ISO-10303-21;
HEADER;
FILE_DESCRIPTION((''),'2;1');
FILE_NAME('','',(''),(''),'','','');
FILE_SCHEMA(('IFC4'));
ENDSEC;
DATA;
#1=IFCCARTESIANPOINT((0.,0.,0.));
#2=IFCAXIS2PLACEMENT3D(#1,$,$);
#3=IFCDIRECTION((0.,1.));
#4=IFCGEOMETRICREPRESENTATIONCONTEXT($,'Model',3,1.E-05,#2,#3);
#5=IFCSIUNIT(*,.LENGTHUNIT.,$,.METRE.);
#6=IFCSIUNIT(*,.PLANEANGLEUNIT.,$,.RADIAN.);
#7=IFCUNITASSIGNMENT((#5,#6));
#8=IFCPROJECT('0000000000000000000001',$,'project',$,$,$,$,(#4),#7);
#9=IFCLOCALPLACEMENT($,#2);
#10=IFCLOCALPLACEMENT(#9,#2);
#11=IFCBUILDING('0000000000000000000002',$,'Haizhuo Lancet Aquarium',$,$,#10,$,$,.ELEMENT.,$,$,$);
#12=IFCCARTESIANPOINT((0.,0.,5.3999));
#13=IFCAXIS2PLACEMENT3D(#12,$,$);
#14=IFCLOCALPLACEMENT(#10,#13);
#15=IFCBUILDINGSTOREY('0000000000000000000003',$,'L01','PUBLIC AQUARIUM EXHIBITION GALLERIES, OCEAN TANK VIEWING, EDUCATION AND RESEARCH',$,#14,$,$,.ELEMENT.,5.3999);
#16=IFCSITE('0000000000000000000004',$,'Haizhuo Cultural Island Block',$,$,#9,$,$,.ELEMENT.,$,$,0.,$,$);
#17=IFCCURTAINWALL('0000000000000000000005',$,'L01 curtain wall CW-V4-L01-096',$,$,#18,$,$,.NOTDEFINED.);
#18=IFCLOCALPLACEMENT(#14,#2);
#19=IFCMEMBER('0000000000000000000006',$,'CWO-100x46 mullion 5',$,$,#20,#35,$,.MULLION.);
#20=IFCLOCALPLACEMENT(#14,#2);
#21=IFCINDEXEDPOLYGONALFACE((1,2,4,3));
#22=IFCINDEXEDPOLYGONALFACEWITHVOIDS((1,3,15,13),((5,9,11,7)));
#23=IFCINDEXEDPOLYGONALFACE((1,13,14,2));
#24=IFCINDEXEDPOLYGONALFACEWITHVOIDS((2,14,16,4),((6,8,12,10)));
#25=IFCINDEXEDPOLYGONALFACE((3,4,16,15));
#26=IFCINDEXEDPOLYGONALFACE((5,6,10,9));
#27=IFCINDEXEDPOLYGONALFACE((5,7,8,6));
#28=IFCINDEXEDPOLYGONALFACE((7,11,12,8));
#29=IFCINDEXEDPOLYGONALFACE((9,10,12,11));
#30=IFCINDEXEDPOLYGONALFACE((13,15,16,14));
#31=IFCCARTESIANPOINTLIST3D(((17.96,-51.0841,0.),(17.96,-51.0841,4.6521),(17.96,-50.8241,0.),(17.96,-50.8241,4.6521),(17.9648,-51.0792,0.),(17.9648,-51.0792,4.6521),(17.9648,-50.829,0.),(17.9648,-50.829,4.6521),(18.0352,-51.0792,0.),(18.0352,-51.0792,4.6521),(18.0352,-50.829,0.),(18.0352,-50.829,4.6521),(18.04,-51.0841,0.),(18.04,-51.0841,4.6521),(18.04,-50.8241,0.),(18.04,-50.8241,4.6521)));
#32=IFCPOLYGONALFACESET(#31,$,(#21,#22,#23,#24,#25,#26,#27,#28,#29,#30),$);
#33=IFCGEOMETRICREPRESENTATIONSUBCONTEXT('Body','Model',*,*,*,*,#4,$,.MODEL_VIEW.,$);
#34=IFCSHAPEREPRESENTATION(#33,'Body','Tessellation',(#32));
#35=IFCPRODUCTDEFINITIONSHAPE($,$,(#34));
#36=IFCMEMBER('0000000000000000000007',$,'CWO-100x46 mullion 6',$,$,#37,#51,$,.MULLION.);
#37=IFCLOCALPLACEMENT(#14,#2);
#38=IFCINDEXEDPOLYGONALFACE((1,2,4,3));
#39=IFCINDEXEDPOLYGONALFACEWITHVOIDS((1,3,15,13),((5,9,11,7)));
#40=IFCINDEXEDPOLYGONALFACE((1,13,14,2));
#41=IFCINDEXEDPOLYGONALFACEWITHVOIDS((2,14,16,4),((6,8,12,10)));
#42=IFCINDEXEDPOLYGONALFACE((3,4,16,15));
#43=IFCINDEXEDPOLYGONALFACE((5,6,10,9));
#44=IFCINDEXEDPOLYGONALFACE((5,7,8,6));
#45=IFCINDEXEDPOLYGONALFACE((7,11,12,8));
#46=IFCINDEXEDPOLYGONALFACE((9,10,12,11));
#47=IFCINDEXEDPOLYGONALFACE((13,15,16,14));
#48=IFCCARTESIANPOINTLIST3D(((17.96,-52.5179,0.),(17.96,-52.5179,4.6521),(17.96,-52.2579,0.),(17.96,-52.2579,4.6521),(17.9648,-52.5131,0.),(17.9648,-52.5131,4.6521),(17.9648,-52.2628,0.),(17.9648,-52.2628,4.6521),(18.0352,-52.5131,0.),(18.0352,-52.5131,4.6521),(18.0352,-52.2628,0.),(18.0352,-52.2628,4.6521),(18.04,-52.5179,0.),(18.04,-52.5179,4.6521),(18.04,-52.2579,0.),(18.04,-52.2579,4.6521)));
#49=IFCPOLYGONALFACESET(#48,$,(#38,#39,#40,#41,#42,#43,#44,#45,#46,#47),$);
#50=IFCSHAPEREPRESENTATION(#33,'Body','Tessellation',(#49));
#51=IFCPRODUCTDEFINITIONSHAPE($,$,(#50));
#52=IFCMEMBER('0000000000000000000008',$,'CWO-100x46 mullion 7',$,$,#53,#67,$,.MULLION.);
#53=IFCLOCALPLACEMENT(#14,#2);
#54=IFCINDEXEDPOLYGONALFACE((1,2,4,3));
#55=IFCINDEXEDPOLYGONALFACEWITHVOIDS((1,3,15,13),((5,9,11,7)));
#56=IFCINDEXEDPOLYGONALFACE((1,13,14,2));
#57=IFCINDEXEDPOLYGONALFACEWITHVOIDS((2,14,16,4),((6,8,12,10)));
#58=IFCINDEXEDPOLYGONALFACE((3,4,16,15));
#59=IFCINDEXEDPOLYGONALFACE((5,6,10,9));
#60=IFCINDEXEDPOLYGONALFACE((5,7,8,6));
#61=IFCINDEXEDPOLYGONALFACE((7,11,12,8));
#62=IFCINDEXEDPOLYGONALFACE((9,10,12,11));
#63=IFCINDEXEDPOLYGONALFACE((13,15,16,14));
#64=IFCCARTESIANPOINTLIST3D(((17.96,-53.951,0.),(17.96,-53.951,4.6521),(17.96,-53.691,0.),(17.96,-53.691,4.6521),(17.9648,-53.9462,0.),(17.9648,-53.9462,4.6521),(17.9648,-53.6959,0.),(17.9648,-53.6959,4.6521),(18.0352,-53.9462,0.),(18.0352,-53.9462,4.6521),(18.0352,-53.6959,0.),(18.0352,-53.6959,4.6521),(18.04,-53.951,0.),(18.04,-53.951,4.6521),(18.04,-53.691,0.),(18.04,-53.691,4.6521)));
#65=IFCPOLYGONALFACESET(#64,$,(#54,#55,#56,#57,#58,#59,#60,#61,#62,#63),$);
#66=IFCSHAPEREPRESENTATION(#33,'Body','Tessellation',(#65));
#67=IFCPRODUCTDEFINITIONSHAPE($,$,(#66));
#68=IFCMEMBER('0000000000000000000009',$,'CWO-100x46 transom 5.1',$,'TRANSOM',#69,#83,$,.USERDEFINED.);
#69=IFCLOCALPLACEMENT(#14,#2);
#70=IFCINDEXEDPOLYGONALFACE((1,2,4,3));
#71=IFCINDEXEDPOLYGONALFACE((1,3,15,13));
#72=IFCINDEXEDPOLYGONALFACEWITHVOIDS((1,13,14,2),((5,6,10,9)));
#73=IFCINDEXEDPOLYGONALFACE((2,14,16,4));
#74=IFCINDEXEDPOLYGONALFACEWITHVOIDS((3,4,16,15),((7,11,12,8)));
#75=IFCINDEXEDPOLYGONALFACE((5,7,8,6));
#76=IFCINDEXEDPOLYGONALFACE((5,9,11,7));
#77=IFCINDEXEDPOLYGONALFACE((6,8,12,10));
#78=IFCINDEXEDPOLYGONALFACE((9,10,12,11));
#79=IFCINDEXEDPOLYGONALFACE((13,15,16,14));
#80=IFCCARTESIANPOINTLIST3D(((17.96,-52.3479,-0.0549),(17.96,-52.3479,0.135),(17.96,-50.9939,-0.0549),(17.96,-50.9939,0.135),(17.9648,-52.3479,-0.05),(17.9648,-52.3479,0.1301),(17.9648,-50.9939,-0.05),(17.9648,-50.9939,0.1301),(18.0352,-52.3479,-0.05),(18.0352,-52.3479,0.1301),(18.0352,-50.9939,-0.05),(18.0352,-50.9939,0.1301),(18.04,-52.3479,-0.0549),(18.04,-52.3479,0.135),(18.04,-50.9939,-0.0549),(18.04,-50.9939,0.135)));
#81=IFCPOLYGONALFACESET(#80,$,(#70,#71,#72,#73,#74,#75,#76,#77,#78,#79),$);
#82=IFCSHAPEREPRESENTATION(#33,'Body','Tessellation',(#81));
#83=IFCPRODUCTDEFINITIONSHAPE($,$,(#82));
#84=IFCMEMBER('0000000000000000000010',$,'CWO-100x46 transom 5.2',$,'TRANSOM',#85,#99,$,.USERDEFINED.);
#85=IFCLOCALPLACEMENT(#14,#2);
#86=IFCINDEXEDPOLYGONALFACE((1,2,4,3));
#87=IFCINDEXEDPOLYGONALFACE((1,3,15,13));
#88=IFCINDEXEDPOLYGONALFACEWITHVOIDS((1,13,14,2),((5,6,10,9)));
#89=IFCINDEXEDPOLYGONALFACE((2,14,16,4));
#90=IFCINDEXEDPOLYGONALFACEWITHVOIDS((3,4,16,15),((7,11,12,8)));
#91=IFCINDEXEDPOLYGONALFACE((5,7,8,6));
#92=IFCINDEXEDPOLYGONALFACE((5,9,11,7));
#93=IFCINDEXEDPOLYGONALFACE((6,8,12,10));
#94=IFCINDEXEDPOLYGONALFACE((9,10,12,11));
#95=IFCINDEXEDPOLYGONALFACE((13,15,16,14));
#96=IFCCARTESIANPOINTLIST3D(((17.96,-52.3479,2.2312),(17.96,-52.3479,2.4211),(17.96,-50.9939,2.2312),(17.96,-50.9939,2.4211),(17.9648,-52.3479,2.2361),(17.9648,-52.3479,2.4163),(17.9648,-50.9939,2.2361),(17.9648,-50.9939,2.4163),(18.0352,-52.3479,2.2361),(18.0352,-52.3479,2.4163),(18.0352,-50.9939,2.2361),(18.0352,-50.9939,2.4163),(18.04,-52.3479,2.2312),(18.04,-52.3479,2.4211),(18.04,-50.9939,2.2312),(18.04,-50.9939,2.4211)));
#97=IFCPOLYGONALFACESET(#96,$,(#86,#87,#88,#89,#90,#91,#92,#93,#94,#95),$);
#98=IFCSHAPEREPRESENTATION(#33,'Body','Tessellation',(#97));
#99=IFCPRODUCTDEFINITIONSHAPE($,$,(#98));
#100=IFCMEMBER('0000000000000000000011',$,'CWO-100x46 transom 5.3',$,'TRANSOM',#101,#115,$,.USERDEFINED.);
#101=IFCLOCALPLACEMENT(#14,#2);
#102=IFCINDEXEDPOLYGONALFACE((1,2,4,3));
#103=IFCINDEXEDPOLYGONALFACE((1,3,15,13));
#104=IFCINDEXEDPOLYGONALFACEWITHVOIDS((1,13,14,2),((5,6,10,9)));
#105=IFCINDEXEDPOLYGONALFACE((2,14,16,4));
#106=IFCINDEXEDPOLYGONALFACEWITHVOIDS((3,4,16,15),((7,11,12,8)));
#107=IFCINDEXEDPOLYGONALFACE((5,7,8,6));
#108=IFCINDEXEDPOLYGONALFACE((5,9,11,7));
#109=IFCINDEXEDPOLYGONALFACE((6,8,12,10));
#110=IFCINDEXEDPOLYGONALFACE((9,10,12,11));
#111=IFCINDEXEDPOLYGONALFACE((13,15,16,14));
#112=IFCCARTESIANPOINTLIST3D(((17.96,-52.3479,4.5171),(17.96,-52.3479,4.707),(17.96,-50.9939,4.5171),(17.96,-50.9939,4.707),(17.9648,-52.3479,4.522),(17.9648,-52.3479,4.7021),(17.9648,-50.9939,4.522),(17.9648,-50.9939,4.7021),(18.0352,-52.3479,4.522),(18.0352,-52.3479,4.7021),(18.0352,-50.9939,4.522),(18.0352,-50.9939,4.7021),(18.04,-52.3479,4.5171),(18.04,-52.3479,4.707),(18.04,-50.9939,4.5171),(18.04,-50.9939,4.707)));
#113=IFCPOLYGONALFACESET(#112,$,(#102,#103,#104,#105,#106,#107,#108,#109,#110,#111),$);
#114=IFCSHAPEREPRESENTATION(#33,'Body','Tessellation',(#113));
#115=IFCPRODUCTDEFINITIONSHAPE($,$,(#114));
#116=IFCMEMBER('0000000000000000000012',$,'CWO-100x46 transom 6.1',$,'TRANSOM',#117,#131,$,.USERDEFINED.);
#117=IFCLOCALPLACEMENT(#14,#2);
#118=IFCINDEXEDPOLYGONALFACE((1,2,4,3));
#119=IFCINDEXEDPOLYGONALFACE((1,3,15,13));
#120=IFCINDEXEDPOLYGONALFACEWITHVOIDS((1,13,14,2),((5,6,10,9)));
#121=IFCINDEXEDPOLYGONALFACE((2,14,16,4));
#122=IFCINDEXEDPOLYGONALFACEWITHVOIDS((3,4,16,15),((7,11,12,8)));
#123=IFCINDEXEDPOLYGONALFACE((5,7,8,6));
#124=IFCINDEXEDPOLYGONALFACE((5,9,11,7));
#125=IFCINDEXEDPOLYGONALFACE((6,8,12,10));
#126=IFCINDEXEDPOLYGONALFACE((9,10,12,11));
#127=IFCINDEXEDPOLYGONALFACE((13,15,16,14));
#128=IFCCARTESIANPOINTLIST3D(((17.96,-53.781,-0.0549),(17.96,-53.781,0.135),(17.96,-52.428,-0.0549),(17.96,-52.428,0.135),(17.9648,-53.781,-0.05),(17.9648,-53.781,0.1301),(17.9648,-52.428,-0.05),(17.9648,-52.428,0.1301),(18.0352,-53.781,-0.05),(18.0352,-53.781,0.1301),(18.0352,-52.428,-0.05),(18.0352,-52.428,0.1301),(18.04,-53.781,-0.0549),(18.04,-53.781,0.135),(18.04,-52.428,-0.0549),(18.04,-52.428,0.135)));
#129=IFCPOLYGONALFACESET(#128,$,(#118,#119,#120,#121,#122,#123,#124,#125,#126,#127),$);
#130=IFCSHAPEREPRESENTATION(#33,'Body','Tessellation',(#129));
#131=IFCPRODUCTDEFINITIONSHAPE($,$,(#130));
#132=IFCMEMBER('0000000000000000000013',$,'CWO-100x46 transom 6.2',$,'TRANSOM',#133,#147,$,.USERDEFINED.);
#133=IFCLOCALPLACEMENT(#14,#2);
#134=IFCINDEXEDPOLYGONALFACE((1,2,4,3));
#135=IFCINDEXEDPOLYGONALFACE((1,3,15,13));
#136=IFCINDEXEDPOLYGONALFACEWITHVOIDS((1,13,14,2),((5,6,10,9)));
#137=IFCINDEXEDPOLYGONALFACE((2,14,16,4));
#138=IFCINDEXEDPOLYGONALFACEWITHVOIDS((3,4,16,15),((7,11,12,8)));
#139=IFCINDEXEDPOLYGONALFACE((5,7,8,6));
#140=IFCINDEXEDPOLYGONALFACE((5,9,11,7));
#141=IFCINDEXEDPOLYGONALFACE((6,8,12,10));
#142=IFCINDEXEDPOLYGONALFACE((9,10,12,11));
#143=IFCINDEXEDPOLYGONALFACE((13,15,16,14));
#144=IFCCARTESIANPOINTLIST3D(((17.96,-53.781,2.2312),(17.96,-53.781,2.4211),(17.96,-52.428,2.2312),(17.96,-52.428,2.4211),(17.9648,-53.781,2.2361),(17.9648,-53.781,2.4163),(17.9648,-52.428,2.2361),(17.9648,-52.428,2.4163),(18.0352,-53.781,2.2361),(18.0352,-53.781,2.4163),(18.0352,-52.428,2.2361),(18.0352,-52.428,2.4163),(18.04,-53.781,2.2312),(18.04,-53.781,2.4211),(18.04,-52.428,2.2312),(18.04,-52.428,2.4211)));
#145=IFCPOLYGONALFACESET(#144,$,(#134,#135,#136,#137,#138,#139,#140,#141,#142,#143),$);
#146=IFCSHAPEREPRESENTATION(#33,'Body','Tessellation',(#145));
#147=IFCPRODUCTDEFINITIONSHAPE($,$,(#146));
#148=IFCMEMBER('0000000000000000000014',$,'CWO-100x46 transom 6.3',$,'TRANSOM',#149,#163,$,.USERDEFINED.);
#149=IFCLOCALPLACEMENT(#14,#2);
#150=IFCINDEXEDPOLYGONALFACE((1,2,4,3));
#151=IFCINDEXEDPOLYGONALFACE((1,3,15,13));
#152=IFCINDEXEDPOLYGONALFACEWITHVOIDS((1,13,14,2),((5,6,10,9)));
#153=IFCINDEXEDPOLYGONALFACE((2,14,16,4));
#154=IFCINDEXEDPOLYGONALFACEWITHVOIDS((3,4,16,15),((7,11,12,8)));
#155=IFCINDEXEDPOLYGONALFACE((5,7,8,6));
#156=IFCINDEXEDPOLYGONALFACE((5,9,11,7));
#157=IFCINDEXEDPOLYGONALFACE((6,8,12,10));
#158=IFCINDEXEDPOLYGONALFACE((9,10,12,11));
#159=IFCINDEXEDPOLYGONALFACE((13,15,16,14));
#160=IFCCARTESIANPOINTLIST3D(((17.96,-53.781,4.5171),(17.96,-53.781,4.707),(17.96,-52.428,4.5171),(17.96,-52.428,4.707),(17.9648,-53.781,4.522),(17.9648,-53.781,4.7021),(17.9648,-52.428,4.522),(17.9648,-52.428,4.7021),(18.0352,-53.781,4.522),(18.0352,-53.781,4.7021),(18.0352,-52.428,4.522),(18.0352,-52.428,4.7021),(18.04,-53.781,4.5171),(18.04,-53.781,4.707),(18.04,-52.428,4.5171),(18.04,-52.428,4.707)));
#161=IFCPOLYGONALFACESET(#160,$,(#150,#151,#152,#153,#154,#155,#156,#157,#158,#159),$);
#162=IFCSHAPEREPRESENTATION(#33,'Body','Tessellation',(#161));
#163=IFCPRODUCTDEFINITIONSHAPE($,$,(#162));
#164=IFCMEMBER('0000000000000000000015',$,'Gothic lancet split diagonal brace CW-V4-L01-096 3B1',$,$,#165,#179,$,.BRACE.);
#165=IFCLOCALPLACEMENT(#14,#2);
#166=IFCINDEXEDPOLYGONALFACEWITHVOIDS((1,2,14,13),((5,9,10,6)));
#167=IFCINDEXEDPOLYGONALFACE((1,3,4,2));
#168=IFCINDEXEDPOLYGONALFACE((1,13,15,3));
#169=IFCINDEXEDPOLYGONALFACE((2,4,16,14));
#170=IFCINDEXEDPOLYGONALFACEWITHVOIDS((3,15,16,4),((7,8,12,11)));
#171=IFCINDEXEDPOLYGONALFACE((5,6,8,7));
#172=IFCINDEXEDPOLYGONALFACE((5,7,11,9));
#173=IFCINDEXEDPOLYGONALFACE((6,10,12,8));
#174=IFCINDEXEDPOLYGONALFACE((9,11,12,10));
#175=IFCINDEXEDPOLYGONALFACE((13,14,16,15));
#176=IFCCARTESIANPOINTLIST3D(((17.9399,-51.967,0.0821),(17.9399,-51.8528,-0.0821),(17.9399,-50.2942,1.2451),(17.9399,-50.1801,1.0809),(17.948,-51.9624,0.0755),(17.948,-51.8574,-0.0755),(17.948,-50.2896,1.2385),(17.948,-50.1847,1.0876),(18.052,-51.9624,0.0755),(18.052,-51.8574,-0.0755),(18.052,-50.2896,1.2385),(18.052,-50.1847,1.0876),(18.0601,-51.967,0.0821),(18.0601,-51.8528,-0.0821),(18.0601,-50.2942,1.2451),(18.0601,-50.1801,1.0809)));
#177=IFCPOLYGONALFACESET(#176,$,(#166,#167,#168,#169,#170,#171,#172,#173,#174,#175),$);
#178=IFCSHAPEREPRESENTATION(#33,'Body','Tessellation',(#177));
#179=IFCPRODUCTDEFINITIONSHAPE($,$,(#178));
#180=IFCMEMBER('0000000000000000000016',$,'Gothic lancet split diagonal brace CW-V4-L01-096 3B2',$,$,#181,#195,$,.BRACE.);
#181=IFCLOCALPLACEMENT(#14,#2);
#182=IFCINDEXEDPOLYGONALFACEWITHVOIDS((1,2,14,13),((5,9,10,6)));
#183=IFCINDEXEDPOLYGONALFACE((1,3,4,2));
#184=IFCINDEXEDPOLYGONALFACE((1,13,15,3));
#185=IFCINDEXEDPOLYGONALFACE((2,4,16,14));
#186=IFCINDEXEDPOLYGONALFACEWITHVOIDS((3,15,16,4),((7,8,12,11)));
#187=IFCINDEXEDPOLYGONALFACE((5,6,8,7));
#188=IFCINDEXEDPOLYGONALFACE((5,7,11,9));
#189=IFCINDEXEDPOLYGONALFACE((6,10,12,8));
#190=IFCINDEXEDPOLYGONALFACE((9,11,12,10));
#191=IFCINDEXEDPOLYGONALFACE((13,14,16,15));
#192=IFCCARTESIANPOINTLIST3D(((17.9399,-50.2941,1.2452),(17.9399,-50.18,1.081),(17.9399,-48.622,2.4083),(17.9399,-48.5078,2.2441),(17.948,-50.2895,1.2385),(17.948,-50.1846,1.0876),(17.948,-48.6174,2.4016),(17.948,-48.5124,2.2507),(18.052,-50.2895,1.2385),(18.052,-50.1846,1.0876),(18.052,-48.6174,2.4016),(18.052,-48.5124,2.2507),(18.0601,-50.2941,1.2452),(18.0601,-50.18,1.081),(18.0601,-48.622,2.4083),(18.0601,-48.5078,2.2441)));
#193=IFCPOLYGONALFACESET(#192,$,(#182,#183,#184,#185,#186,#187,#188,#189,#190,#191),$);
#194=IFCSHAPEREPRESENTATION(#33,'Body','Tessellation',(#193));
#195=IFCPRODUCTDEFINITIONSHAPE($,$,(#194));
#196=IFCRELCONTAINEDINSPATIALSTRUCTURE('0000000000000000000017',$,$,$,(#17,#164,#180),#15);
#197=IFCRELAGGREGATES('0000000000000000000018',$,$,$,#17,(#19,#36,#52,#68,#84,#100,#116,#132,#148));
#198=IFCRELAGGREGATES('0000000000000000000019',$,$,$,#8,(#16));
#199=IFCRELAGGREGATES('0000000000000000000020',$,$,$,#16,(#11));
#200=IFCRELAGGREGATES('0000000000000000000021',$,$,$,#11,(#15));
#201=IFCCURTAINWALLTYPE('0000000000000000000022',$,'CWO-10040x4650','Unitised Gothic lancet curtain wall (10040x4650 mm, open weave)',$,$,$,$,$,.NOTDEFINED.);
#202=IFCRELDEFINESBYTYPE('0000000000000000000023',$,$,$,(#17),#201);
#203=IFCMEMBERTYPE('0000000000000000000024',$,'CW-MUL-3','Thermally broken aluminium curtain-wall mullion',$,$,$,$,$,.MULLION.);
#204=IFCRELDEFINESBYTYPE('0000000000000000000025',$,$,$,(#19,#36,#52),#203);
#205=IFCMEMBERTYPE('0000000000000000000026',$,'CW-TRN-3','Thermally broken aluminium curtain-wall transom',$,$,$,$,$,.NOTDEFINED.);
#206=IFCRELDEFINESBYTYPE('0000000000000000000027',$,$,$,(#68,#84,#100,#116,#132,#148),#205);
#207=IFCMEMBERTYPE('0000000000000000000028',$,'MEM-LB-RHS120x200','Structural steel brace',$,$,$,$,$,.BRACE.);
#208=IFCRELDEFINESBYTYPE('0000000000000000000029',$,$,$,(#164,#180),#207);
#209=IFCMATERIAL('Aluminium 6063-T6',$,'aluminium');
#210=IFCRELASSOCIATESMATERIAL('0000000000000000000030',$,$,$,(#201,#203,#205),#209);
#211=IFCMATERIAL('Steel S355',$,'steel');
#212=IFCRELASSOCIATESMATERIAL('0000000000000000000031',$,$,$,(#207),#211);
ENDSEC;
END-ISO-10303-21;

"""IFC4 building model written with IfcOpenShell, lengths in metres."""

from ifc_helpers import new_model, si_unit, direction, frame, origin, origin_2d, place, context, subcontext, project, spatial, hollow_rectangle, extrude, material, material_profile, profile_set, type_object, element, aggregate, save


model = new_model("IFC4")

# Units and contexts
model_context = context("Model", 3, precision=1e-05, world=origin(), true_north=direction((0.0, 1.0)))
body_context = subcontext(model_context, "Body", "Model", "MODEL_VIEW")
ifc_project = project(units=[si_unit("LENGTHUNIT", "METRE"), si_unit("PLANEANGLEUNIT", "RADIAN")], contexts=[model_context])

# Site, building, storey
site_placement = place(None, origin())
site = spatial("IfcSite", under=ifc_project, at=site_placement, Name="Haizhuo Cultural Island Block", CompositionType="ELEMENT", RefElevation=0.0)
building_placement = place(site_placement, origin())
building = spatial("IfcBuilding", under=site, at=building_placement, Name="Haizhuo Lancet Aquarium", CompositionType="ELEMENT")
storey_placement = place(building_placement, frame((0.0, 0.0, 5.3999)))
storey = spatial("IfcBuildingStorey", under=building, at=storey_placement, Name="L01", Description="PUBLIC AQUARIUM EXHIBITION GALLERIES, OCEAN TANK VIEWING, EDUCATION AND RESEARCH", CompositionType="ELEMENT", Elevation=5.3999)

# Curtain wall, members
ifc_material_1 = material(Name="Aluminium 6063-T6", Category="aluminium")
curtain_wall_type = type_object("IfcCurtainWallType", Name="CWO-10040x4650", Description="Unitised Gothic lancet curtain wall (10040x4650 mm, open weave)", PredefinedType="NOTDEFINED", material=ifc_material_1)
curtain_wall_placement = place(storey_placement, origin())
curtain_wall = element("IfcCurtainWall", 1, at=curtain_wall_placement, inside=storey, type_object=curtain_wall_type, Name="L01 curtain wall CW-V4-L01-096", PredefinedType="NOTDEFINED")
ifc_material_profile_1 = material_profile(ifc_material_1, hollow_rectangle(XDim=0.0801, YDim=0.26, WallThickness=0.0049, at=origin_2d()), Name="ALU-M 80x260x5")
ifc_profile_set_1 = profile_set([ifc_material_profile_1], Name="Aluminium 6063-T6")
member_type_1 = type_object("IfcMemberType", Name="CW-MUL-3", Description="Thermally broken aluminium curtain-wall mullion", PredefinedType="MULLION", material=ifc_profile_set_1)
member_1_placement = place(storey_placement, frame((18.0, -50.9541, 0.0), z_axis=(0.0, 0.0, 1.0), x_axis=(1.0, 0.0, 0.0)))
member_1 = element("IfcMember", 2, at=member_1_placement, type_object=member_type_1, Name="CWO-100x46 mullion 5", PredefinedType="MULLION", context=body_context, shape_type="SweptSolid", body=[
    extrude(hollow_rectangle(XDim=0.0801, YDim=0.26, WallThickness=0.0049, at=origin_2d()), origin(), (0.0, 0.0, 1.0), 4.6521),
])
member_2_placement = place(storey_placement, frame((18.0, -52.3879, 0.0), z_axis=(0.0, 0.0, 1.0), x_axis=(1.0, 0.0, 0.0)))
member_2 = element("IfcMember", 3, at=member_2_placement, type_object=member_type_1, Name="CWO-100x46 mullion 6", PredefinedType="MULLION", context=body_context, shape_type="SweptSolid", body=[
    extrude(hollow_rectangle(XDim=0.0801, YDim=0.26, WallThickness=0.0049, at=origin_2d()), origin(), (0.0, 0.0, 1.0), 4.6521),
])
member_3_placement = place(storey_placement, frame((18.0, -53.821, 0.0), z_axis=(0.0, 0.0, 1.0), x_axis=(1.0, 0.0, 0.0)))
member_3 = element("IfcMember", 4, at=member_3_placement, type_object=member_type_1, Name="CWO-100x46 mullion 7", PredefinedType="MULLION", context=body_context, shape_type="SweptSolid", body=[
    extrude(hollow_rectangle(XDim=0.0801, YDim=0.26, WallThickness=0.0049, at=origin_2d()), origin(), (0.0, 0.0, 1.0), 4.6521),
])
ifc_material_profile_2 = material_profile(ifc_material_1, hollow_rectangle(XDim=0.0801, YDim=0.1899, WallThickness=0.0049, at=origin_2d()), Name="ALU-T 80x190x5")
ifc_profile_set_2 = profile_set([ifc_material_profile_2], Name="Aluminium 6063-T6")
member_type_2 = type_object("IfcMemberType", Name="CW-TRN-3", Description="Thermally broken aluminium curtain-wall transom", PredefinedType="NOTDEFINED", material=ifc_profile_set_2)
member_4_placement = place(storey_placement, frame((18.0, -50.9939, 0.04), z_axis=(0.0, -1.0, 0.0), x_axis=(1.0, 0.0, 0.0)))
member_4 = element("IfcMember", 5, at=member_4_placement, type_object=member_type_2, Name="CWO-100x46 transom 5.1", ObjectType="TRANSOM", PredefinedType="USERDEFINED", context=body_context, shape_type="SweptSolid", body=[
    extrude(hollow_rectangle(XDim=0.0801, YDim=0.1899, WallThickness=0.0049, at=origin_2d()), origin(), (0.0, 0.0, 1.0), 1.354),
])
member_5_placement = place(storey_placement, frame((18.0, -50.9939, 2.3262), z_axis=(0.0, -1.0, 0.0), x_axis=(1.0, 0.0, 0.0)))
member_5 = element("IfcMember", 6, at=member_5_placement, type_object=member_type_2, Name="CWO-100x46 transom 5.2", ObjectType="TRANSOM", PredefinedType="USERDEFINED", context=body_context, shape_type="SweptSolid", body=[
    extrude(hollow_rectangle(XDim=0.0801, YDim=0.1899, WallThickness=0.0049, at=origin_2d()), origin(), (0.0, 0.0, 1.0), 1.354),
])
member_6_placement = place(storey_placement, frame((18.0, -50.9939, 4.6121), z_axis=(0.0, -1.0, 0.0), x_axis=(1.0, 0.0, 0.0)))
member_6 = element("IfcMember", 7, at=member_6_placement, type_object=member_type_2, Name="CWO-100x46 transom 5.3", ObjectType="TRANSOM", PredefinedType="USERDEFINED", context=body_context, shape_type="SweptSolid", body=[
    extrude(hollow_rectangle(XDim=0.0801, YDim=0.1899, WallThickness=0.0049, at=origin_2d()), origin(), (0.0, 0.0, 1.0), 1.354),
])
member_7_placement = place(storey_placement, frame((18.0, -52.428, 0.04), z_axis=(0.0, -1.0, 0.0), x_axis=(1.0, 0.0, 0.0)))
member_7 = element("IfcMember", 8, at=member_7_placement, type_object=member_type_2, Name="CWO-100x46 transom 6.1", ObjectType="TRANSOM", PredefinedType="USERDEFINED", context=body_context, shape_type="SweptSolid", body=[
    extrude(hollow_rectangle(XDim=0.0801, YDim=0.1899, WallThickness=0.0049, at=origin_2d()), origin(), (0.0, 0.0, 1.0), 1.353),
])
member_8_placement = place(storey_placement, frame((18.0, -52.428, 2.3262), z_axis=(0.0, -1.0, 0.0), x_axis=(1.0, 0.0, 0.0)))
member_8 = element("IfcMember", 9, at=member_8_placement, type_object=member_type_2, Name="CWO-100x46 transom 6.2", ObjectType="TRANSOM", PredefinedType="USERDEFINED", context=body_context, shape_type="SweptSolid", body=[
    extrude(hollow_rectangle(XDim=0.0801, YDim=0.1899, WallThickness=0.0049, at=origin_2d()), origin(), (0.0, 0.0, 1.0), 1.353),
])
member_9_placement = place(storey_placement, frame((18.0, -52.428, 4.6121), z_axis=(0.0, -1.0, 0.0), x_axis=(1.0, 0.0, 0.0)))
member_9 = element("IfcMember", 10, at=member_9_placement, type_object=member_type_2, Name="CWO-100x46 transom 6.3", ObjectType="TRANSOM", PredefinedType="USERDEFINED", context=body_context, shape_type="SweptSolid", body=[
    extrude(hollow_rectangle(XDim=0.0801, YDim=0.1899, WallThickness=0.0049, at=origin_2d()), origin(), (0.0, 0.0, 1.0), 1.353),
])

# Members
ifc_material_2 = material(Name="Steel S355", Category="steel")
ifc_material_profile_3 = material_profile(ifc_material_2, hollow_rectangle(XDim=0.1201, YDim=0.2, WallThickness=0.0081, at=origin_2d()), Name="RHS 120x200x8")
ifc_profile_set_3 = profile_set([ifc_material_profile_3], Name="Steel S355")
member_type_3 = type_object("IfcMemberType", Name="MEM-LB-RHS120x200", Description="Structural steel brace", PredefinedType="BRACE", material=ifc_profile_set_3)
member_10_placement = place(storey_placement, frame((18.0, -51.9099, 0.0), z_axis=(0.0, 0.821052, 0.570854), x_axis=(-1.0, 0.0, 0.0)))
element("IfcMember", 11, at=member_10_placement, inside=storey, type_object=member_type_3, Name="Gothic lancet split diagonal brace CW-V4-L01-096 3B1", PredefinedType="BRACE", context=body_context, shape_type="SweptSolid", body=[
    extrude(hollow_rectangle(XDim=0.1201, YDim=0.2, WallThickness=0.0081, at=origin_2d()), origin(), (0.0, 0.0, 1.0), 2.0374),
])
member_11_placement = place(storey_placement, frame((18.0, -50.2371, 1.1631), z_axis=(0.0, 0.820935, 0.571022), x_axis=(-1.0, 0.0, 0.0)))
element("IfcMember", 12, at=member_11_placement, inside=storey, type_object=member_type_3, Name="Gothic lancet split diagonal brace CW-V4-L01-096 3B2", PredefinedType="BRACE", context=body_context, shape_type="SweptSolid", body=[
    extrude(hollow_rectangle(XDim=0.1201, YDim=0.2, WallThickness=0.0081, at=origin_2d()), origin(), (0.0, 0.0, 1.0), 2.0369),
])

aggregate(curtain_wall, [member_1, member_2, member_3, member_4, member_5, member_6, member_7, member_8, member_9])

save(model, "model.ifc")
